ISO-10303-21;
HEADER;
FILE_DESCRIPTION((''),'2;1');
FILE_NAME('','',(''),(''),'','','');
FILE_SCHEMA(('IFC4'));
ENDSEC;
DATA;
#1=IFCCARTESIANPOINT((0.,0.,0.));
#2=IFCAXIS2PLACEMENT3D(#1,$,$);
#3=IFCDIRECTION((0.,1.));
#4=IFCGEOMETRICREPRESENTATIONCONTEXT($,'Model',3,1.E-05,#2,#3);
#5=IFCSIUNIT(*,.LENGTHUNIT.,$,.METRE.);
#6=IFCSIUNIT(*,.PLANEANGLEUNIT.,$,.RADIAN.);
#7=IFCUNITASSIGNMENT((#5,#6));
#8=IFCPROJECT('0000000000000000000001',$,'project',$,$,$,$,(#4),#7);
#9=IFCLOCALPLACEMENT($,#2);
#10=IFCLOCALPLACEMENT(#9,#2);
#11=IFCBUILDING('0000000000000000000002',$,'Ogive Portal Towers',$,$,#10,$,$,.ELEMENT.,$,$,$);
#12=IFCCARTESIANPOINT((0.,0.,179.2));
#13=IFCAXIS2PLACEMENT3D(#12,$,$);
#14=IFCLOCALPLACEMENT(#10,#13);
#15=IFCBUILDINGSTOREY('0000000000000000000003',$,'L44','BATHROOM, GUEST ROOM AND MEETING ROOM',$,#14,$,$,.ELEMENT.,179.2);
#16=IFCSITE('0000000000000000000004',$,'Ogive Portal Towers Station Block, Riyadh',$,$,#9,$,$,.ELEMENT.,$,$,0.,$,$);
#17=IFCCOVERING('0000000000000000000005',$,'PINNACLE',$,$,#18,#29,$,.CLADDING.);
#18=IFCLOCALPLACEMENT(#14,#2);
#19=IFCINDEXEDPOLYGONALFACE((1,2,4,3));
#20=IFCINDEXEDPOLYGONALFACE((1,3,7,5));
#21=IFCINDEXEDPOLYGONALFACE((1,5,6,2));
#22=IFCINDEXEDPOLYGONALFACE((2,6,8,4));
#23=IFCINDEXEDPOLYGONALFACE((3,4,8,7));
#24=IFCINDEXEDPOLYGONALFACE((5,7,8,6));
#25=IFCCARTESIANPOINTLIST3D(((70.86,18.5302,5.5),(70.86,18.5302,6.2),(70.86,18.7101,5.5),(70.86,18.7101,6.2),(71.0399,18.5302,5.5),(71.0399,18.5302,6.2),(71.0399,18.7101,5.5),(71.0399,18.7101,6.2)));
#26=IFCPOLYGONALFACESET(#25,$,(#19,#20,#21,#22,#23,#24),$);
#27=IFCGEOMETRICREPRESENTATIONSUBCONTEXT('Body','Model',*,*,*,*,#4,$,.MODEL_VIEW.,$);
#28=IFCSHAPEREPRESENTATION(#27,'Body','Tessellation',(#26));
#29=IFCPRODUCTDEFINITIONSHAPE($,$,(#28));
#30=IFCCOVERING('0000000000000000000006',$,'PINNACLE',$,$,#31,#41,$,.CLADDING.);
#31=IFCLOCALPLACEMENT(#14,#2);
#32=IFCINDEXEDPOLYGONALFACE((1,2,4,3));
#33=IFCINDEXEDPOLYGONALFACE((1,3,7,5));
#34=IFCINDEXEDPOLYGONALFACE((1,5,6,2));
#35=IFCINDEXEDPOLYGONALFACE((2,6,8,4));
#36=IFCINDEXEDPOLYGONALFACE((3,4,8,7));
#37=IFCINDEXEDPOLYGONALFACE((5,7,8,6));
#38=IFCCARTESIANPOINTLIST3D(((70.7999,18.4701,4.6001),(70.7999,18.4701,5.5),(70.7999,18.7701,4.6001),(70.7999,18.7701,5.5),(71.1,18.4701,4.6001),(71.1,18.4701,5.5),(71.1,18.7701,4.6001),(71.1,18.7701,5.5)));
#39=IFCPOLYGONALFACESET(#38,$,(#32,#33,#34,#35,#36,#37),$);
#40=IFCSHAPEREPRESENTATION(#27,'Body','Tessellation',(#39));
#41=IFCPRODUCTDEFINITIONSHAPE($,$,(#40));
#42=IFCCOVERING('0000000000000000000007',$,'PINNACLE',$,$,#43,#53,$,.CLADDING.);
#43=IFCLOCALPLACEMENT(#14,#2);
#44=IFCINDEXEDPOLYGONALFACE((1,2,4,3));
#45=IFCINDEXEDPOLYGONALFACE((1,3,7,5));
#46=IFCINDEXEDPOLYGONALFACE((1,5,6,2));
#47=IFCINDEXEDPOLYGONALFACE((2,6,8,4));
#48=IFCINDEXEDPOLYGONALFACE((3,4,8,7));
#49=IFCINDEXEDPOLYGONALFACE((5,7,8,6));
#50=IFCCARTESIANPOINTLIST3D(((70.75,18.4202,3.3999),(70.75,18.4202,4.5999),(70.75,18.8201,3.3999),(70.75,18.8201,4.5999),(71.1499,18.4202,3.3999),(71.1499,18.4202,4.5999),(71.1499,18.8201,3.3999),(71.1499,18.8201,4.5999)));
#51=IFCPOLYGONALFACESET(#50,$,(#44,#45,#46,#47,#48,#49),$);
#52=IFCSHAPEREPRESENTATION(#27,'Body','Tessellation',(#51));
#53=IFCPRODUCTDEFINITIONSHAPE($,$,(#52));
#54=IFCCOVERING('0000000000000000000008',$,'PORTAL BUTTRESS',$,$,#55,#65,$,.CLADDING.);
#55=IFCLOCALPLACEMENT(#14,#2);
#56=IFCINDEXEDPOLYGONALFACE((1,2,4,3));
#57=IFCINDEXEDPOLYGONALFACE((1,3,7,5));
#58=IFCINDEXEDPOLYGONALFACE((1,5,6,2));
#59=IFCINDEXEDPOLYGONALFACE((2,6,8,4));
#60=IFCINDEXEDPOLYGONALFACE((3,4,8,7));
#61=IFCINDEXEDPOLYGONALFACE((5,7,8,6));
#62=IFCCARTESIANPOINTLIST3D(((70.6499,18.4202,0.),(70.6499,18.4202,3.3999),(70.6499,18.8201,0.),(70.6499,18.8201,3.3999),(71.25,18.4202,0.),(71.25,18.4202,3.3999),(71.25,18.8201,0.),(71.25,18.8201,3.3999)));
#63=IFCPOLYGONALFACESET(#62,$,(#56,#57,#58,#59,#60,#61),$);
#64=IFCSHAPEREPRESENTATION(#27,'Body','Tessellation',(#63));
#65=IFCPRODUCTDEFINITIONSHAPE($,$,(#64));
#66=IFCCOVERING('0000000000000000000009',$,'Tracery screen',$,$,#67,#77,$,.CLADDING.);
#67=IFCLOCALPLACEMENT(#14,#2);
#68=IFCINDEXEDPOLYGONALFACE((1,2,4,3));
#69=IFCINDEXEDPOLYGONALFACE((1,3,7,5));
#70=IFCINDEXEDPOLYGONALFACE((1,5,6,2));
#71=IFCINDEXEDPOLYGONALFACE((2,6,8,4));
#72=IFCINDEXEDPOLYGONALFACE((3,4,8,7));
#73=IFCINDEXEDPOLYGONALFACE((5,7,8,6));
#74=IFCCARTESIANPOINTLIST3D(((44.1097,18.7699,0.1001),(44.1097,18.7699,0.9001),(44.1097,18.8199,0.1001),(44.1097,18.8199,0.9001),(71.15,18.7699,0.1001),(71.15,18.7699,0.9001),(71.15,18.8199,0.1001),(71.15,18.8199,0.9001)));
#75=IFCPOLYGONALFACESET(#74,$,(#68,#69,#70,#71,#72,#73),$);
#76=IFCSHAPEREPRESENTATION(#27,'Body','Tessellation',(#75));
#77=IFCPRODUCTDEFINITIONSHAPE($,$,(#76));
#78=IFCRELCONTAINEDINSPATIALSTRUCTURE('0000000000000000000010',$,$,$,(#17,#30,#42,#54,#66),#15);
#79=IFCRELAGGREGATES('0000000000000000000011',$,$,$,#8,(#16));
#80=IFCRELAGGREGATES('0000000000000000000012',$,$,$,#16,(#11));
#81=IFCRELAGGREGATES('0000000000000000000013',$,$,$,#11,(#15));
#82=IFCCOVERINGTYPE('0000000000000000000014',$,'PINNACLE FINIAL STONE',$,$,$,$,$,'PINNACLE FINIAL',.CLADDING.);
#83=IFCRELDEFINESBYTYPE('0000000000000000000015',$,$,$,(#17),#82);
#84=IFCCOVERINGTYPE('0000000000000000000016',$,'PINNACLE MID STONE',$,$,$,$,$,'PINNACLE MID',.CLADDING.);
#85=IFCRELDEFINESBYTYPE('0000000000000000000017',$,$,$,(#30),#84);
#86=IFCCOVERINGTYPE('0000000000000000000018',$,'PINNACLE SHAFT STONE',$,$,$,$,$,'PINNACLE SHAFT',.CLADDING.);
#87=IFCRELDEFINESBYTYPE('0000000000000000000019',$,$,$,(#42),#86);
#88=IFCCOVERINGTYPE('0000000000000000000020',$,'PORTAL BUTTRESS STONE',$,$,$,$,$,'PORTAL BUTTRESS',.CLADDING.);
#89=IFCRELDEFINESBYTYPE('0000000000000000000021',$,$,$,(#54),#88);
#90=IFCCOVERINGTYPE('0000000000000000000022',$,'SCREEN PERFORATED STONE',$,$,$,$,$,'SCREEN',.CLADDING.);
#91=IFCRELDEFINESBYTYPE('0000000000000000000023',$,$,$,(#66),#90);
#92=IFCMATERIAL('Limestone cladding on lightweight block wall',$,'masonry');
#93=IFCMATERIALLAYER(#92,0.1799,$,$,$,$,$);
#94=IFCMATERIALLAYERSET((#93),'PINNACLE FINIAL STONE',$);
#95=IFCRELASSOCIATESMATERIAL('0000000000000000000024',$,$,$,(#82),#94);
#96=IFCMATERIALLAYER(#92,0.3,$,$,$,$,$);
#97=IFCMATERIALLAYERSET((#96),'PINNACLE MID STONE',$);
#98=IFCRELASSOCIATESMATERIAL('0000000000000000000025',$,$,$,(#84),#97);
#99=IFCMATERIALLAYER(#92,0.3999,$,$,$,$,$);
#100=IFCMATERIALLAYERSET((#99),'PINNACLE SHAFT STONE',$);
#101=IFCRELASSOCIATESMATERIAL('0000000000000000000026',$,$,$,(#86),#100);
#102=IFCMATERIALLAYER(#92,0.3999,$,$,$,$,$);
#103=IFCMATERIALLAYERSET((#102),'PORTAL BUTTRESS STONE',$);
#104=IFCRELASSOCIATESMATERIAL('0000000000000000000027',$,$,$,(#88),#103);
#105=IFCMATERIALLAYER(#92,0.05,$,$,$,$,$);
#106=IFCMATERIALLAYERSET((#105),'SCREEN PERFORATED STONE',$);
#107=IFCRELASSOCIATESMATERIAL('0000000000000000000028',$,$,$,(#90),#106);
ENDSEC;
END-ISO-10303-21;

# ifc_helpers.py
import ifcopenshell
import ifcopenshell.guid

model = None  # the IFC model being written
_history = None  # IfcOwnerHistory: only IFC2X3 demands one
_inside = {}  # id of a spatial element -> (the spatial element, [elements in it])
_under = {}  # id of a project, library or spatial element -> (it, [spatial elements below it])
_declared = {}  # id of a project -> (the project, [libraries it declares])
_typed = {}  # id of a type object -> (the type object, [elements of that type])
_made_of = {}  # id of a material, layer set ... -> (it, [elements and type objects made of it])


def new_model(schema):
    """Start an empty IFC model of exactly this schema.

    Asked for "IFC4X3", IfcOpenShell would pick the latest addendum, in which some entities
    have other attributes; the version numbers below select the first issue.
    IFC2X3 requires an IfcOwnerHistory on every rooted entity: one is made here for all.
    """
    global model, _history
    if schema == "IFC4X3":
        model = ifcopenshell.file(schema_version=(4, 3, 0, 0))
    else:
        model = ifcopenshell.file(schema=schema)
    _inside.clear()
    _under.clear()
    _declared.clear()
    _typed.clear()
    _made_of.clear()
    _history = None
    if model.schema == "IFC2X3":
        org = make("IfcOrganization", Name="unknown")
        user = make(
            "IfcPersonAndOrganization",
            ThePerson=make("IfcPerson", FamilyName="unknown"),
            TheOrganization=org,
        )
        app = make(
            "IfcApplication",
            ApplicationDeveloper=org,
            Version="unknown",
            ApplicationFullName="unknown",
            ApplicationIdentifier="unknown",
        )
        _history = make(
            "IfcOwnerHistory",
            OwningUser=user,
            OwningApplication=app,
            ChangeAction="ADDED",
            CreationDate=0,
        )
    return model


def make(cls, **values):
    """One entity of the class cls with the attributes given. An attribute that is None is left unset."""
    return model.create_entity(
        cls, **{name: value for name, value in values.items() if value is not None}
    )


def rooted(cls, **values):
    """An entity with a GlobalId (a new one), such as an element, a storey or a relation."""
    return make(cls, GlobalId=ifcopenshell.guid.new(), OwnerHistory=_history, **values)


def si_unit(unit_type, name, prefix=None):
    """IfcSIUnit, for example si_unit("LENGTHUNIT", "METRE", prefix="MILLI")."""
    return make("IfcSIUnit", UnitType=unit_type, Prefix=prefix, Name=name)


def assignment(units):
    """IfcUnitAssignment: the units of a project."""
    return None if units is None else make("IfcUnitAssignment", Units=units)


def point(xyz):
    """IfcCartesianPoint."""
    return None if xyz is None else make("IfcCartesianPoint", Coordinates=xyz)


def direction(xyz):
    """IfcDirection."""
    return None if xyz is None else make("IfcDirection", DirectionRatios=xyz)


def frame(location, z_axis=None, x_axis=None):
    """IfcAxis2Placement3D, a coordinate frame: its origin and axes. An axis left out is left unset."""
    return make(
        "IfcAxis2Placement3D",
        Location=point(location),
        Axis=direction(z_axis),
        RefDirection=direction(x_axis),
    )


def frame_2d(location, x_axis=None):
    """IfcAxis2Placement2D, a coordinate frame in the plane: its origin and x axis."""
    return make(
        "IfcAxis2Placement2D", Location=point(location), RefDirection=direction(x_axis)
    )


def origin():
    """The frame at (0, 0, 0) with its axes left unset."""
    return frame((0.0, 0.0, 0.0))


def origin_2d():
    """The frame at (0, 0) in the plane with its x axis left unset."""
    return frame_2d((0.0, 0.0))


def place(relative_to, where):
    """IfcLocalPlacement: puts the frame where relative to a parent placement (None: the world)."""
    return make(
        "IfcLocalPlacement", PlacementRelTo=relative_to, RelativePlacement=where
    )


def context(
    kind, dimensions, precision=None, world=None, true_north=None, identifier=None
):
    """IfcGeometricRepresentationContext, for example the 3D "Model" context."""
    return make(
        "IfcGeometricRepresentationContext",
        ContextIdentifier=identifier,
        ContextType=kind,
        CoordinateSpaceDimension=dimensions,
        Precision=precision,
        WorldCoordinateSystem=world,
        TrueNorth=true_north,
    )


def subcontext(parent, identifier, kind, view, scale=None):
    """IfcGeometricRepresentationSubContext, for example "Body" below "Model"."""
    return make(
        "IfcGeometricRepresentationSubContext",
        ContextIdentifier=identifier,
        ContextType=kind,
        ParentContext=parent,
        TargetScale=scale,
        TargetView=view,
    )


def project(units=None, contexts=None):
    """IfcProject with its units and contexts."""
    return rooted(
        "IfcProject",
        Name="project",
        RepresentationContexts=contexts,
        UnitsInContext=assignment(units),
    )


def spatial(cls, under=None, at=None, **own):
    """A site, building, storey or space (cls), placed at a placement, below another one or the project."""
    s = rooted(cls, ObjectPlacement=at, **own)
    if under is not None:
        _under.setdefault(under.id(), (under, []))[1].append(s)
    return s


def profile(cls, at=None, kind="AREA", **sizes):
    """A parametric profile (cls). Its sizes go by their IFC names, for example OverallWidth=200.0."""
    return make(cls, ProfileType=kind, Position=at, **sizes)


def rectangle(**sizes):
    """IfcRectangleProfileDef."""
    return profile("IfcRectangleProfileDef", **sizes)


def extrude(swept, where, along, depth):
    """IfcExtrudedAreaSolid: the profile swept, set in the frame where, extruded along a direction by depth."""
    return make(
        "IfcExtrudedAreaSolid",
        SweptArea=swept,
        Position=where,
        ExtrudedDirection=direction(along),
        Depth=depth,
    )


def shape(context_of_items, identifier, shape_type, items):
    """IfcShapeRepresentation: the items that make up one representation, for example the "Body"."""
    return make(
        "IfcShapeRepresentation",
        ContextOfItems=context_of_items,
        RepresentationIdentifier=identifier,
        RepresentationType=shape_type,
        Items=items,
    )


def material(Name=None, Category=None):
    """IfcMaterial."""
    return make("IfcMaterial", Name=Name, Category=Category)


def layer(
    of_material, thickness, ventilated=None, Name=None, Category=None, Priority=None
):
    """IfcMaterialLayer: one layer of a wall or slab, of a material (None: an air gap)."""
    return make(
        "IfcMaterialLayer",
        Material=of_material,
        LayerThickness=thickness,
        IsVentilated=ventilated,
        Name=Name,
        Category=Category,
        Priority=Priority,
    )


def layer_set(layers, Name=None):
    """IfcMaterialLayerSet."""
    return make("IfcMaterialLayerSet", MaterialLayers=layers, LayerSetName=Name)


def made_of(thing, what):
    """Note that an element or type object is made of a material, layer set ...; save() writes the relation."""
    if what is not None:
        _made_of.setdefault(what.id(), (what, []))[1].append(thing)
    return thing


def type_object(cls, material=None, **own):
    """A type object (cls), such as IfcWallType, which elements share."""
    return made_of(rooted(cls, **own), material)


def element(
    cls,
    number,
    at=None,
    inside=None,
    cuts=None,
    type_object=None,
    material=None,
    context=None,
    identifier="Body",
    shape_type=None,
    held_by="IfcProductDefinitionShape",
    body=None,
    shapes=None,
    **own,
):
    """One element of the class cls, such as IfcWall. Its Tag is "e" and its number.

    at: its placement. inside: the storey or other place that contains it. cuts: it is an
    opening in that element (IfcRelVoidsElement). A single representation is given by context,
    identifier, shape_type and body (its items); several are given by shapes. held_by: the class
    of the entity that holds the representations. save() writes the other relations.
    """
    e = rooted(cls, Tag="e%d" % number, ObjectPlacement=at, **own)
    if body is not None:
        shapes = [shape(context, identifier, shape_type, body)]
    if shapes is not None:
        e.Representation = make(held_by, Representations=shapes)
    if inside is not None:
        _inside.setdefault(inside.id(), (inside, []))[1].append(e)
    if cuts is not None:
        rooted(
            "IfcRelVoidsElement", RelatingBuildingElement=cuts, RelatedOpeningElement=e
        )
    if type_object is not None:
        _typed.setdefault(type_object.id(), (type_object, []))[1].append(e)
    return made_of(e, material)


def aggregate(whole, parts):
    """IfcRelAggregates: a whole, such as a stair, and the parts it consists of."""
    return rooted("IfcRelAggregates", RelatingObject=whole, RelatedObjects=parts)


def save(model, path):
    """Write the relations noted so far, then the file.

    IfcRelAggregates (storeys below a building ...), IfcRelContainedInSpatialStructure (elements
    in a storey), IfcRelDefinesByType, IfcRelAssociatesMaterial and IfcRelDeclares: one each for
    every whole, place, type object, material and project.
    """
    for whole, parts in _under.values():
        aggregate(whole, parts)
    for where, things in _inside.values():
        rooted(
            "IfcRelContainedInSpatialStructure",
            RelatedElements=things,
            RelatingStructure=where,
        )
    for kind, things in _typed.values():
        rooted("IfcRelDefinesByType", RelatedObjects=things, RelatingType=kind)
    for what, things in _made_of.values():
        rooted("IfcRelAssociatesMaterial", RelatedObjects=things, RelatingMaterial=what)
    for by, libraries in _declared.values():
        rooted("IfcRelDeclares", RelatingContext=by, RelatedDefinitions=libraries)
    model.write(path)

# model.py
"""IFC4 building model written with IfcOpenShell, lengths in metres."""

from ifc_helpers import new_model, si_unit, direction, frame, origin, origin_2d, place, context, subcontext, project, spatial, rectangle, extrude, material, layer, layer_set, type_object, element, save


model = new_model("IFC4")

# Units and contexts
model_context = context("Model", 3, precision=1e-05, world=origin(), true_north=direction((0.0, 1.0)))
body_context = subcontext(model_context, "Body", "Model", "MODEL_VIEW")
ifc_project = project(units=[si_unit("LENGTHUNIT", "METRE"), si_unit("PLANEANGLEUNIT", "RADIAN")], contexts=[model_context])

# Site, building, storey
site_placement = place(None, origin())
site = spatial("IfcSite", under=ifc_project, at=site_placement, Name="Ogive Portal Towers Station Block, Riyadh", CompositionType="ELEMENT", RefElevation=0.0)
building_placement = place(site_placement, origin())
building = spatial("IfcBuilding", under=site, at=building_placement, Name="Ogive Portal Towers", CompositionType="ELEMENT")
storey_placement = place(building_placement, frame((0.0, 0.0, 179.2)))
storey = spatial("IfcBuildingStorey", under=building, at=storey_placement, Name="L44", Description="BATHROOM, GUEST ROOM AND MEETING ROOM", CompositionType="ELEMENT", Elevation=179.2)

# Coverings
ifc_material_1 = material(Name="Limestone cladding on lightweight block wall", Category="masonry")
ifc_layer_1 = layer(ifc_material_1, 0.1799)
ifc_layer_set_1 = layer_set([ifc_layer_1], Name="PINNACLE FINIAL STONE")
covering_type_1 = type_object("IfcCoveringType", Name="PINNACLE FINIAL STONE", ElementType="PINNACLE FINIAL", PredefinedType="CLADDING", material=ifc_layer_set_1)
covering_1_placement = place(storey_placement, frame((70.95, 18.6201, 5.5), z_axis=(0.0, 0.0, 1.0), x_axis=(1.0, 0.0, 0.0)))
element("IfcCovering", 1, at=covering_1_placement, inside=storey, type_object=covering_type_1, Name="PINNACLE", PredefinedType="CLADDING", context=body_context, shape_type="SweptSolid", body=[
    extrude(rectangle(XDim=0.1799, YDim=0.1799, at=origin_2d()), origin(), (0.0, 0.0, 1.0), 0.7),
])
ifc_layer_2 = layer(ifc_material_1, 0.3)
ifc_layer_set_2 = layer_set([ifc_layer_2], Name="PINNACLE MID STONE")
covering_type_2 = type_object("IfcCoveringType", Name="PINNACLE MID STONE", ElementType="PINNACLE MID", PredefinedType="CLADDING", material=ifc_layer_set_2)
covering_2_placement = place(storey_placement, frame((70.95, 18.6201, 4.6001), z_axis=(0.0, 0.0, 1.0), x_axis=(1.0, 0.0, 0.0)))
element("IfcCovering", 2, at=covering_2_placement, inside=storey, type_object=covering_type_2, Name="PINNACLE", PredefinedType="CLADDING", context=body_context, shape_type="SweptSolid", body=[
    extrude(rectangle(XDim=0.3, YDim=0.3, at=origin_2d()), origin(), (0.0, 0.0, 1.0), 0.8999),
])
ifc_layer_3 = layer(ifc_material_1, 0.3999)
ifc_layer_set_3 = layer_set([ifc_layer_3], Name="PINNACLE SHAFT STONE")
covering_type_3 = type_object("IfcCoveringType", Name="PINNACLE SHAFT STONE", ElementType="PINNACLE SHAFT", PredefinedType="CLADDING", material=ifc_layer_set_3)
covering_3_placement = place(storey_placement, frame((70.95, 18.6201, 3.3999), z_axis=(0.0, 0.0, 1.0), x_axis=(1.0, 0.0, 0.0)))
element("IfcCovering", 3, at=covering_3_placement, inside=storey, type_object=covering_type_3, Name="PINNACLE", PredefinedType="CLADDING", context=body_context, shape_type="SweptSolid", body=[
    extrude(rectangle(XDim=0.3999, YDim=0.3999, at=origin_2d()), origin(), (0.0, 0.0, 1.0), 1.2),
])
ifc_layer_4 = layer(ifc_material_1, 0.3999)
ifc_layer_set_4 = layer_set([ifc_layer_4], Name="PORTAL BUTTRESS STONE")
covering_type_4 = type_object("IfcCoveringType", Name="PORTAL BUTTRESS STONE", ElementType="PORTAL BUTTRESS", PredefinedType="CLADDING", material=ifc_layer_set_4)
covering_4_placement = place(storey_placement, frame((70.95, 18.6201, 0.0), z_axis=(0.0, 0.0, 1.0), x_axis=(1.0, 0.0, 0.0)))
element("IfcCovering", 4, at=covering_4_placement, inside=storey, type_object=covering_type_4, Name="PORTAL BUTTRESS", PredefinedType="CLADDING", context=body_context, shape_type="SweptSolid", body=[
    extrude(rectangle(XDim=0.6001, YDim=0.3999, at=origin_2d()), origin(), (0.0, 0.0, 1.0), 3.3999),
])
ifc_layer_5 = layer(ifc_material_1, 0.05)
ifc_layer_set_5 = layer_set([ifc_layer_5], Name="SCREEN PERFORATED STONE")
covering_type_5 = type_object("IfcCoveringType", Name="SCREEN PERFORATED STONE", ElementType="SCREEN", PredefinedType="CLADDING", material=ifc_layer_set_5)
covering_5_placement = place(storey_placement, frame((57.6299, 18.7949, 0.1001), z_axis=(0.0, 0.0, 1.0), x_axis=(1.0, 0.0, 0.0)))
element("IfcCovering", 5, at=covering_5_placement, inside=storey, type_object=covering_type_5, Name="Tracery screen", PredefinedType="CLADDING", context=body_context, shape_type="SweptSolid", body=[
    extrude(rectangle(XDim=27.0403, YDim=0.05, at=origin_2d()), origin(), (0.0, 0.0, 1.0), 0.8),
])

save(model, "model.ifc")
